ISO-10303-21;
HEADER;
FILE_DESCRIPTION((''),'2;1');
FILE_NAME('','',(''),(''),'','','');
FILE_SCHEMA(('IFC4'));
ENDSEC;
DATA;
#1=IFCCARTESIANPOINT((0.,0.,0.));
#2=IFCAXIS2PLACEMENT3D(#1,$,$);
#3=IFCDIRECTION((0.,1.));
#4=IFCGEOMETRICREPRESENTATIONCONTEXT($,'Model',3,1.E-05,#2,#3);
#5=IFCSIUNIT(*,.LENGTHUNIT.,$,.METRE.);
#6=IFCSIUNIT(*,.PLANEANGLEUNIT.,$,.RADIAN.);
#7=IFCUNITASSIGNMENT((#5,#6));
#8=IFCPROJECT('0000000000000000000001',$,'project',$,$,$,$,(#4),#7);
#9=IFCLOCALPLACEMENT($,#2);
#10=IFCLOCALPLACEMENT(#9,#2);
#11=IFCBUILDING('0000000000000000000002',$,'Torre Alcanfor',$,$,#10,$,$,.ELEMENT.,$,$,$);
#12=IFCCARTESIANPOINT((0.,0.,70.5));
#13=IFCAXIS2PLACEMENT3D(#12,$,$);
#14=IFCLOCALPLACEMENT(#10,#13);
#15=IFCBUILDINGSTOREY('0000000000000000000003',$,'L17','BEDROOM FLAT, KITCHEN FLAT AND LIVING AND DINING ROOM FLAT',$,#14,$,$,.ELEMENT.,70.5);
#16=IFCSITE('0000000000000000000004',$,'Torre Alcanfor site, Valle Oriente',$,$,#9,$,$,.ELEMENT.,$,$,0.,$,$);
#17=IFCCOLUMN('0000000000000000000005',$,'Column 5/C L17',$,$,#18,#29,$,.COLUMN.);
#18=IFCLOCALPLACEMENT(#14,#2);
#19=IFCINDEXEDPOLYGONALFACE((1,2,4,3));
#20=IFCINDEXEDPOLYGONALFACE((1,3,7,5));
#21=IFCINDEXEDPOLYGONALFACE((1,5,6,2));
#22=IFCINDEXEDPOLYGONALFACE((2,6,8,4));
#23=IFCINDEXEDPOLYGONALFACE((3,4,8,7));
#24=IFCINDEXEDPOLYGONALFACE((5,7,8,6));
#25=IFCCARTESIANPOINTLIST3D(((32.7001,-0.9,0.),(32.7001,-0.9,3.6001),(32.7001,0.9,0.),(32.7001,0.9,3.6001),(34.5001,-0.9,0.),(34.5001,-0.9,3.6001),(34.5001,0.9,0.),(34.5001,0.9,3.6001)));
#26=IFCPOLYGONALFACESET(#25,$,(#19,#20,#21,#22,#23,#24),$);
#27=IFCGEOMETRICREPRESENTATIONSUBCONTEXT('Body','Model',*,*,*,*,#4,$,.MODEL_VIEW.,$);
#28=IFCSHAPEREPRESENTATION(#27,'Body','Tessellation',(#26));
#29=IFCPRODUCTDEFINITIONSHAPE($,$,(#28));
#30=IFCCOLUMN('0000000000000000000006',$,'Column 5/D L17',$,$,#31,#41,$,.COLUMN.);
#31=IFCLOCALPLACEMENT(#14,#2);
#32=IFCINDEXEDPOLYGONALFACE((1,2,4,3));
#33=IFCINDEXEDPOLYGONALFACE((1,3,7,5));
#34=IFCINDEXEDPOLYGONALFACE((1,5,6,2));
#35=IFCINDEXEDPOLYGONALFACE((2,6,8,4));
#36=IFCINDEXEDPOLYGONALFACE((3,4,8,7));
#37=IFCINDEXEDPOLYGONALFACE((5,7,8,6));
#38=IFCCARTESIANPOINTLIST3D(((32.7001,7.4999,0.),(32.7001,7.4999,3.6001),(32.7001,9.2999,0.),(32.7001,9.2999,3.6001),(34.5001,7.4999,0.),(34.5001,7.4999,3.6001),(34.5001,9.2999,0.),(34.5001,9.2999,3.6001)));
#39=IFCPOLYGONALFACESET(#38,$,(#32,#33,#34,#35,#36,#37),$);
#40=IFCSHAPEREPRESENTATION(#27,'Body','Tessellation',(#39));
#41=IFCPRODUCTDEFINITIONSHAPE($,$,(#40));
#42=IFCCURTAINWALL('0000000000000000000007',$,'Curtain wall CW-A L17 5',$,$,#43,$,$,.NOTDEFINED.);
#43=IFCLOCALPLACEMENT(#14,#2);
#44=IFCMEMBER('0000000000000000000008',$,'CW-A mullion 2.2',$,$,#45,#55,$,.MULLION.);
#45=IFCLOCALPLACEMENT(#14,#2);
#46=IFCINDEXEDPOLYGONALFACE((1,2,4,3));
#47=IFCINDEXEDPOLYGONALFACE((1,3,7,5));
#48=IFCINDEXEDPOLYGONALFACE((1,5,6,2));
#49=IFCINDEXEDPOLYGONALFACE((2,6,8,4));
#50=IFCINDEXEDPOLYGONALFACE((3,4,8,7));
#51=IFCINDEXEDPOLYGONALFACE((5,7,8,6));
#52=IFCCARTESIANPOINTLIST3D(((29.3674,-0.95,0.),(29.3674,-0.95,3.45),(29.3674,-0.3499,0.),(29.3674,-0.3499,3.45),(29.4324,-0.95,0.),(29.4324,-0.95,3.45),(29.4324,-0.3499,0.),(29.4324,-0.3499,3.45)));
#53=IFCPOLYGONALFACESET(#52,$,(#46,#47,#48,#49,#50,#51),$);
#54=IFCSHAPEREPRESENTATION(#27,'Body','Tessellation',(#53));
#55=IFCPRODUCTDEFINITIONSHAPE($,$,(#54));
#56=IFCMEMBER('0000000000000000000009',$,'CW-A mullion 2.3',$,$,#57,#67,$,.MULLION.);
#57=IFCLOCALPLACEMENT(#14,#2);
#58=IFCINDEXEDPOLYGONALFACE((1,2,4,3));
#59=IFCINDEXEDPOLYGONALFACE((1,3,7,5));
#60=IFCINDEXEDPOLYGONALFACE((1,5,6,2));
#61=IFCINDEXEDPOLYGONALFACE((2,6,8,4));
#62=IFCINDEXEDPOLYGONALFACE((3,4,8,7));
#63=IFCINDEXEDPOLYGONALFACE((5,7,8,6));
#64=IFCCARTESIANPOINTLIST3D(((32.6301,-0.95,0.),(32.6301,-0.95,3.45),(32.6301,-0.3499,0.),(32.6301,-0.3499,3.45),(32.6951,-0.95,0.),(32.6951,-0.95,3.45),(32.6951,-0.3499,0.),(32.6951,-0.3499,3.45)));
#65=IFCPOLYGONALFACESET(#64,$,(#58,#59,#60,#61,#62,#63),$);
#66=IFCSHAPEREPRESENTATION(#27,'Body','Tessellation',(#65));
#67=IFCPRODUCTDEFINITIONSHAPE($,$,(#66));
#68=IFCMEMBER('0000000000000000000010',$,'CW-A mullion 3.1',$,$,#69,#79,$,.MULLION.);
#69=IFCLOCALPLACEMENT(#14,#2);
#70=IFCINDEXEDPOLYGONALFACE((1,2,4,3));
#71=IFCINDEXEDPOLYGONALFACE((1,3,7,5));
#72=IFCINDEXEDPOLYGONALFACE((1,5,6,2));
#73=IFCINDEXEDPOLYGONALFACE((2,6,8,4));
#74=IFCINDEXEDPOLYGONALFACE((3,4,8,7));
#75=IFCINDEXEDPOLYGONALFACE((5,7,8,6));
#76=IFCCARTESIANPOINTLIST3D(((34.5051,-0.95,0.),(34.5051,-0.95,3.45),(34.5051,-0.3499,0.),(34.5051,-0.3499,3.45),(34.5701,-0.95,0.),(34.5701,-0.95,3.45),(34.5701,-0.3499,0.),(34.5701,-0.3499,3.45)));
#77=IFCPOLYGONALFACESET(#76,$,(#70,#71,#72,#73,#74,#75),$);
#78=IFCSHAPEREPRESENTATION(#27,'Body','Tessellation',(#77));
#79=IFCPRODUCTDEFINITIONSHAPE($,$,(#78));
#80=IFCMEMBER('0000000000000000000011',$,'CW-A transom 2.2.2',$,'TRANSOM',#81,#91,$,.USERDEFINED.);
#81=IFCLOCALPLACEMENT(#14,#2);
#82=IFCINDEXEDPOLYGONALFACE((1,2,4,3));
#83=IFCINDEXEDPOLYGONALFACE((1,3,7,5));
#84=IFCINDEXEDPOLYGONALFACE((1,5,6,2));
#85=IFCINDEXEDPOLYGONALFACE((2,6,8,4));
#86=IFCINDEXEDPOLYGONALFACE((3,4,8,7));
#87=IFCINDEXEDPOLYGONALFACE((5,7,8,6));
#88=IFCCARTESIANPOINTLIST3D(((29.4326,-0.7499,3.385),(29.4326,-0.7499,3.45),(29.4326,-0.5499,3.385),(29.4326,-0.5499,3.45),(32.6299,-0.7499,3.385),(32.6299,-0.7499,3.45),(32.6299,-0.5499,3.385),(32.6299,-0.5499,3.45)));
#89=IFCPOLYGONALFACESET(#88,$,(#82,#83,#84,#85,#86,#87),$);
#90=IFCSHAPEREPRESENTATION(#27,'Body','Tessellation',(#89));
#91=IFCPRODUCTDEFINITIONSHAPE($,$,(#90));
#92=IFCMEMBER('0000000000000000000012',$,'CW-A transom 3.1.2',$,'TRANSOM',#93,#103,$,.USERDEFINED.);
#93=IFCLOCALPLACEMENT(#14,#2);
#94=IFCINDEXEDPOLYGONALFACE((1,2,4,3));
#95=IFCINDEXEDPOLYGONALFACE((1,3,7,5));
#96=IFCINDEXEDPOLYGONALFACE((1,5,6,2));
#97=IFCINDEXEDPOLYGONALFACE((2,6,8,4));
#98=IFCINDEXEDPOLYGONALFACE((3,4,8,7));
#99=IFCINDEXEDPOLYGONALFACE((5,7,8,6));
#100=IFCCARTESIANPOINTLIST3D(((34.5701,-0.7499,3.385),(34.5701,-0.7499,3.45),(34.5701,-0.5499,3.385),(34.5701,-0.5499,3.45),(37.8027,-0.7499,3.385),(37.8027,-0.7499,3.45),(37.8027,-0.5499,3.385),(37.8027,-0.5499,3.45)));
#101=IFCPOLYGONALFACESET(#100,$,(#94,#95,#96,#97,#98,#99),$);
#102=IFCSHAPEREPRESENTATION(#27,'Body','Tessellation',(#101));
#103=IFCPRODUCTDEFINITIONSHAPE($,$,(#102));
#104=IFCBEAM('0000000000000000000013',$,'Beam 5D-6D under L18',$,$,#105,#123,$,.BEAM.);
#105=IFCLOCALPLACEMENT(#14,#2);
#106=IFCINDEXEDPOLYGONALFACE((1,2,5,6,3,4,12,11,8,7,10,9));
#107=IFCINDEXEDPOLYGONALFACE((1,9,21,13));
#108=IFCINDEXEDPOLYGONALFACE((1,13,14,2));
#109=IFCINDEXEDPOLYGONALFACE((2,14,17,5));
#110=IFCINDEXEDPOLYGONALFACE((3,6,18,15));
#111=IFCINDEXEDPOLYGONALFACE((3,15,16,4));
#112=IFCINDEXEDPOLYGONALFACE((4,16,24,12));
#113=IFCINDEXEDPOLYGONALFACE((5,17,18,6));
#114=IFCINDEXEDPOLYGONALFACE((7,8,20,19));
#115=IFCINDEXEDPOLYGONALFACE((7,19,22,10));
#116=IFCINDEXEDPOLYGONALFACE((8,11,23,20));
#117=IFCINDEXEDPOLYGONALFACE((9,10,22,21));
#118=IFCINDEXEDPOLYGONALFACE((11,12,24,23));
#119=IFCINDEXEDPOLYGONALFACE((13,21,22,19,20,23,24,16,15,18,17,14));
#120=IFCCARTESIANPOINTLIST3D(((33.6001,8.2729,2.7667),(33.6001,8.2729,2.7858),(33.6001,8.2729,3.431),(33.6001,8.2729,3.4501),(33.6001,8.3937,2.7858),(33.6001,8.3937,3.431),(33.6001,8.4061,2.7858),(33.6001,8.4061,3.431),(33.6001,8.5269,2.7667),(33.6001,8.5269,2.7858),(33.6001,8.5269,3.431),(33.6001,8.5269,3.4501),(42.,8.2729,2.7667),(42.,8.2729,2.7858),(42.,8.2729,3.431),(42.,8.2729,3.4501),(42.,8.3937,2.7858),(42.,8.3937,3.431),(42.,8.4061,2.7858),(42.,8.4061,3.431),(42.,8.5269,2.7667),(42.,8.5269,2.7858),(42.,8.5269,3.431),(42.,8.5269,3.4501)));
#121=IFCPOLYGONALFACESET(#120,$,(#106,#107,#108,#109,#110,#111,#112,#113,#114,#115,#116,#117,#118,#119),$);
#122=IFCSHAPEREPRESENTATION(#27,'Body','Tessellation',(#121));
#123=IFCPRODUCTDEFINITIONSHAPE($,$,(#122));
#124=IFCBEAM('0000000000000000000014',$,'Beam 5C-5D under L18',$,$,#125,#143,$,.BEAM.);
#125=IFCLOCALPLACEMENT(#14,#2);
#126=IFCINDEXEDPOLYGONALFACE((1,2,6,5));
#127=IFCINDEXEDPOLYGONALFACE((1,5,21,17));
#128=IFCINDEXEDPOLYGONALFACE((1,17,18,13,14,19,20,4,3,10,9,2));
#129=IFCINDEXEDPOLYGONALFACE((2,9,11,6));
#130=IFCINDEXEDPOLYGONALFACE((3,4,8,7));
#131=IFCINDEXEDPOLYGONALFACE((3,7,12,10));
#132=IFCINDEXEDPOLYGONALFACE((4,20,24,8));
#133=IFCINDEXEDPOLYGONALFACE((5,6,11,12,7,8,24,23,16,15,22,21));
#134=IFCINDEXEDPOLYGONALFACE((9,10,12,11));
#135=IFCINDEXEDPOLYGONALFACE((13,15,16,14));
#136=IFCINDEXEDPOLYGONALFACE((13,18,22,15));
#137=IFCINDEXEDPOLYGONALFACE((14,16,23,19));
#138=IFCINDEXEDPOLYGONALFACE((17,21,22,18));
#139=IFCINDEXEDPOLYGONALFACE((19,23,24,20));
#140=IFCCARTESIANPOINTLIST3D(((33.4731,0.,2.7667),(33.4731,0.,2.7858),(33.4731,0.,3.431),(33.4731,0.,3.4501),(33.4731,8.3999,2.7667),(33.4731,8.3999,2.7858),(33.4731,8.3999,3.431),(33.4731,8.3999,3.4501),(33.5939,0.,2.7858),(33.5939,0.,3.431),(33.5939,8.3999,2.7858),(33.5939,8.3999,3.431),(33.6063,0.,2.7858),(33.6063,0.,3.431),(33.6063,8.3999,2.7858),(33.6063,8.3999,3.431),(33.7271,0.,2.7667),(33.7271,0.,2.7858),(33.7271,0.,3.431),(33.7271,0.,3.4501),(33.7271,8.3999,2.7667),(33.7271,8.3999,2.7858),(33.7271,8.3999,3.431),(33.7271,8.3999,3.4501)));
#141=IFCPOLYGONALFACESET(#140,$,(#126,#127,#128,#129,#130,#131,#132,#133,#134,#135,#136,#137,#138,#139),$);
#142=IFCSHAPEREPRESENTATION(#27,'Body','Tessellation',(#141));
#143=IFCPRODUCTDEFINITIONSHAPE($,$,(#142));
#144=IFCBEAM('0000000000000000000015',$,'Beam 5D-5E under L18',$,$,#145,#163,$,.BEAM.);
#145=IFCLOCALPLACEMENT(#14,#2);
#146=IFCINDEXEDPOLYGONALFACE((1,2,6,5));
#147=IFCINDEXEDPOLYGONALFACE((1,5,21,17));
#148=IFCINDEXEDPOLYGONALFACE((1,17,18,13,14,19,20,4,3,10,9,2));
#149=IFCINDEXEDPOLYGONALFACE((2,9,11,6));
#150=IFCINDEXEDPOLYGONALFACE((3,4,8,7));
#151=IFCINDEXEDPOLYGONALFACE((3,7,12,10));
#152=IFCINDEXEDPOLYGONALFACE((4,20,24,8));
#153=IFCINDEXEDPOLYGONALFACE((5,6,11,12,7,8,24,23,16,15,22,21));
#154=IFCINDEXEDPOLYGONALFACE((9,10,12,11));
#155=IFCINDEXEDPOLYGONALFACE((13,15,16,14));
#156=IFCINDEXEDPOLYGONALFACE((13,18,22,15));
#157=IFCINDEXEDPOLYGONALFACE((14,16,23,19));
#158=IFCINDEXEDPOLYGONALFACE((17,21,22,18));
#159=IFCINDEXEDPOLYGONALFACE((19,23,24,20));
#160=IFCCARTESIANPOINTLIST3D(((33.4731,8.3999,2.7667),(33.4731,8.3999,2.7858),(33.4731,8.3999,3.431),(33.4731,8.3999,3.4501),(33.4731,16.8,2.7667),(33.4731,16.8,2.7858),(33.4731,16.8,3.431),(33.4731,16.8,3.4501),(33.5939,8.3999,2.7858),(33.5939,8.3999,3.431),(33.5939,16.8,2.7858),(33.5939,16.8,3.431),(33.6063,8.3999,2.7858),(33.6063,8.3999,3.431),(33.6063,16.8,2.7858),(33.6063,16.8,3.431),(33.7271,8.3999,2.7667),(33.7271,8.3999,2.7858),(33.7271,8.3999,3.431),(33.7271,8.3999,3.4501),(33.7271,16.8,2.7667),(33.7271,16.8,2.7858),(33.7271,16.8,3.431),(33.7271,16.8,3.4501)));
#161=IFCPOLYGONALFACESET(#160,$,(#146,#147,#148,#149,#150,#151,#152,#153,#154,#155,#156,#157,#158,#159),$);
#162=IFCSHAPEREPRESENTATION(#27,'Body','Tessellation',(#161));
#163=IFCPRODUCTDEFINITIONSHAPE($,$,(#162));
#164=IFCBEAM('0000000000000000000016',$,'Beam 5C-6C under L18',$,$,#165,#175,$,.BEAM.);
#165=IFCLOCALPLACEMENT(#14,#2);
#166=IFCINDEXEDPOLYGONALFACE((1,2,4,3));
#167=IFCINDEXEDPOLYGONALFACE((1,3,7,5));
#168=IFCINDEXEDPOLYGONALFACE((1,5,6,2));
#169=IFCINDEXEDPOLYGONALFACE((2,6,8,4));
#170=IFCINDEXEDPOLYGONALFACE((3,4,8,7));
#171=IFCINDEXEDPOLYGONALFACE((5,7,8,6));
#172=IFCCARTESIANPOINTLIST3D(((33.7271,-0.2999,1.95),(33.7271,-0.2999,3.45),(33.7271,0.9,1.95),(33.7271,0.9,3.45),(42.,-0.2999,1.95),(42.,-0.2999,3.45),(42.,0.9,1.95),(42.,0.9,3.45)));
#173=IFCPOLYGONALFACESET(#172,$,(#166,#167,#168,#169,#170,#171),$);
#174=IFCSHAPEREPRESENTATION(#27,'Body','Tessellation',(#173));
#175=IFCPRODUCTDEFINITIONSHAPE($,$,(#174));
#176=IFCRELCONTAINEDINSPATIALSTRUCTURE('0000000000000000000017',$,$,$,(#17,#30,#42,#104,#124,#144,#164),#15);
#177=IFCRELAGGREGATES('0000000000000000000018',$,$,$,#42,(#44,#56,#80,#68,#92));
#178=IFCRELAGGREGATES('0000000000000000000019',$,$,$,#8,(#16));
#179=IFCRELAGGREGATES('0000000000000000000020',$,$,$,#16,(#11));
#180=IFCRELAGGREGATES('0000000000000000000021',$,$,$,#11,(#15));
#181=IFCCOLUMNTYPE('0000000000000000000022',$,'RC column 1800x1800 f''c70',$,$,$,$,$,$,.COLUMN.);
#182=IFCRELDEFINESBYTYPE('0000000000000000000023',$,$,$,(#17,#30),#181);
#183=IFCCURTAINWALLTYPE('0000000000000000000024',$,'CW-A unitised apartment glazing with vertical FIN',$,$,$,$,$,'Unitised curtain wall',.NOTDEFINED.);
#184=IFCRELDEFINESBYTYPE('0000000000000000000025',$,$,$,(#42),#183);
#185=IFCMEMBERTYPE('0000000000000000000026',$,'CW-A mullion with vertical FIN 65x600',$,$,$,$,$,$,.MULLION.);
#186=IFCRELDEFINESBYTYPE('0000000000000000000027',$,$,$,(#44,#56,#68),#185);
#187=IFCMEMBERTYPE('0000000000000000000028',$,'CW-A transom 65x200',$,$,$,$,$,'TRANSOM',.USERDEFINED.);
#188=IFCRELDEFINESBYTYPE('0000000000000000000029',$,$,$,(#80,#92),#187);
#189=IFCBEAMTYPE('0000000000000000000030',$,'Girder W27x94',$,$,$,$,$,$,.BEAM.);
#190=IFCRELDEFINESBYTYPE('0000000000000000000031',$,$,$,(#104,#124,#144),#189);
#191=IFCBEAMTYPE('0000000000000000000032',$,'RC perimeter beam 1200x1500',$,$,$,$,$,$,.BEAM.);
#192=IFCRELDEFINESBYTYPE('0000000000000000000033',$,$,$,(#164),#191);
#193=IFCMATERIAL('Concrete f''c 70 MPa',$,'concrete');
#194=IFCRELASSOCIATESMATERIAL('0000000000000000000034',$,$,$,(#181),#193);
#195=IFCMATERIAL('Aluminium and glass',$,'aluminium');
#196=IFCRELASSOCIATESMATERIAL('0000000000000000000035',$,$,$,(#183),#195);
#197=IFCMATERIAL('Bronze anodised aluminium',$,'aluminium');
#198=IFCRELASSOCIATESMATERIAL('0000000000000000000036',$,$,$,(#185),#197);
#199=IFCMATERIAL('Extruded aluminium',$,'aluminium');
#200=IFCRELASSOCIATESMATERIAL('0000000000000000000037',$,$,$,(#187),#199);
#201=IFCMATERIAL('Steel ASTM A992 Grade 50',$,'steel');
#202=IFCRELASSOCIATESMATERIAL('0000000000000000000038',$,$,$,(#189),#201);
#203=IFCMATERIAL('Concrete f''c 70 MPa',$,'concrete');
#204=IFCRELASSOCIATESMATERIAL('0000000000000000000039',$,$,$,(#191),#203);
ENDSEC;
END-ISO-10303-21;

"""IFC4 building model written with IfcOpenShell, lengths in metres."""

from ifc_helpers import new_model, si_unit, direction, frame, origin, origin_2d, place, context, subcontext, project, spatial, rectangle, i_section, extrude, material, material_profile, profile_set, type_object, element, aggregate, save


model = new_model("IFC4")

# Units and contexts
model_context = context("Model", 3, precision=1e-05, world=origin(), true_north=direction((0.0, 1.0)))
body_context = subcontext(model_context, "Body", "Model", "MODEL_VIEW")
ifc_project = project(units=[si_unit("LENGTHUNIT", "METRE"), si_unit("PLANEANGLEUNIT", "RADIAN")], contexts=[model_context])

# Site, building, storey
site_placement = place(None, origin())
site = spatial("IfcSite", under=ifc_project, at=site_placement, Name="Torre Alcanfor site, Valle Oriente", CompositionType="ELEMENT", RefElevation=0.0)
building_placement = place(site_placement, origin())
building = spatial("IfcBuilding", under=site, at=building_placement, Name="Torre Alcanfor", CompositionType="ELEMENT")
storey_placement = place(building_placement, frame((0.0, 0.0, 70.5)))
storey = spatial("IfcBuildingStorey", under=building, at=storey_placement, Name="L17", Description="BEDROOM FLAT, KITCHEN FLAT AND LIVING AND DINING ROOM FLAT", CompositionType="ELEMENT", Elevation=70.5)

# Columns
ifc_material_1 = material(Name="Concrete f'c 70 MPa", Category="concrete")
ifc_material_profile_1 = material_profile(ifc_material_1, rectangle(XDim=1.8, YDim=1.8, at=origin_2d()), Name="1800x1800")
ifc_profile_set_1 = profile_set([ifc_material_profile_1], Name="Concrete f'c 70 MPa")
column_type = type_object("IfcColumnType", Name="RC column 1800x1800 f'c70", PredefinedType="COLUMN", material=ifc_profile_set_1)
for number, where, z_axis, x_axis, name in (
    (1, (33.6001, 0.0, 0.0), (0.0, 0.0, 1.0), (1.0, 0.0, 0.0), "Column 5/C L17"),
    (2, (33.6001, 8.3999, 0.0), (0.0, 0.0, 1.0), (1.0, 0.0, 0.0), "Column 5/D L17"),
):
    element("IfcColumn", number, at=place(storey_placement, frame(where, z_axis=z_axis, x_axis=x_axis)), inside=storey, type_object=column_type, Name=name, PredefinedType="COLUMN", context=body_context, shape_type="SweptSolid", body=[
        extrude(rectangle(XDim=1.8, YDim=1.8, at=origin_2d()), origin(), (0.0, 0.0, 1.0), 3.6001),
    ])

# Curtain wall, members
ifc_material_2 = material(Name="Aluminium and glass", Category="aluminium")
curtain_wall_type = type_object("IfcCurtainWallType", Name="CW-A unitised apartment glazing with vertical FIN", ElementType="Unitised curtain wall", PredefinedType="NOTDEFINED", material=ifc_material_2)
curtain_wall_placement = place(storey_placement, origin())
curtain_wall = element("IfcCurtainWall", 3, at=curtain_wall_placement, inside=storey, type_object=curtain_wall_type, Name="Curtain wall CW-A L17 5", PredefinedType="NOTDEFINED")
ifc_material_3 = material(Name="Bronze anodised aluminium", Category="aluminium")
ifc_material_profile_2 = material_profile(ifc_material_3, rectangle(XDim=0.6001, YDim=0.0649, at=origin_2d()), Name="CW-A mullion 65x600")
ifc_profile_set_2 = profile_set([ifc_material_profile_2], Name="Bronze anodised aluminium")
member_type_1 = type_object("IfcMemberType", Name="CW-A mullion with vertical FIN 65x600", PredefinedType="MULLION", material=ifc_profile_set_2)
member_1_placement = place(storey_placement, frame((29.3999, -0.6499, 0.0), z_axis=(0.0, 0.0, 1.0), x_axis=(0.0, 1.0, 0.0)))
member_1 = element("IfcMember", 4, at=member_1_placement, type_object=member_type_1, Name="CW-A mullion 2.2", PredefinedType="MULLION", context=body_context, shape_type="SweptSolid", body=[
    extrude(rectangle(XDim=0.6001, YDim=0.0649, at=origin_2d()), origin(), (0.0, 0.0, 1.0), 3.45),
])
member_2_placement = place(storey_placement, frame((32.6626, -0.6499, 0.0), z_axis=(0.0, 0.0, 1.0), x_axis=(0.0, 1.0, 0.0)))
member_2 = element("IfcMember", 5, at=member_2_placement, type_object=member_type_1, Name="CW-A mullion 2.3", PredefinedType="MULLION", context=body_context, shape_type="SweptSolid", body=[
    extrude(rectangle(XDim=0.6001, YDim=0.0649, at=origin_2d()), origin(), (0.0, 0.0, 1.0), 3.45),
])
member_3_placement = place(storey_placement, frame((34.5376, -0.6499, 0.0), z_axis=(0.0, 0.0, 1.0), x_axis=(0.0, 1.0, 0.0)))
member_3 = element("IfcMember", 6, at=member_3_placement, type_object=member_type_1, Name="CW-A mullion 3.1", PredefinedType="MULLION", context=body_context, shape_type="SweptSolid", body=[
    extrude(rectangle(XDim=0.6001, YDim=0.0649, at=origin_2d()), origin(), (0.0, 0.0, 1.0), 3.45),
])
ifc_material_4 = material(Name="Extruded aluminium", Category="aluminium")
ifc_material_profile_3 = material_profile(ifc_material_4, rectangle(XDim=0.2, YDim=0.0649, at=origin_2d()), Name="CW-A transom 200x65")
ifc_profile_set_3 = profile_set([ifc_material_profile_3], Name="Extruded aluminium")
member_type_2 = type_object("IfcMemberType", Name="CW-A transom 65x200", ElementType="TRANSOM", PredefinedType="USERDEFINED", material=ifc_profile_set_3)
member_4_placement = place(storey_placement, frame((29.4326, -0.6499, 3.4175), z_axis=(1.0, 0.0, 0.0), x_axis=(0.0, 1.0, 0.0)))
member_4 = element("IfcMember", 7, at=member_4_placement, type_object=member_type_2, Name="CW-A transom 2.2.2", ObjectType="TRANSOM", PredefinedType="USERDEFINED", context=body_context, shape_type="SweptSolid", body=[
    extrude(rectangle(XDim=0.2, YDim=0.0649, at=origin_2d()), origin(), (0.0, 0.0, 1.0), 3.1973),
])
member_5_placement = place(storey_placement, frame((34.5701, -0.6499, 3.4175), z_axis=(1.0, 0.0, 0.0), x_axis=(0.0, 1.0, 0.0)))
member_5 = element("IfcMember", 8, at=member_5_placement, type_object=member_type_2, Name="CW-A transom 3.1.2", ObjectType="TRANSOM", PredefinedType="USERDEFINED", context=body_context, shape_type="SweptSolid", body=[
    extrude(rectangle(XDim=0.2, YDim=0.0649, at=origin_2d()), origin(), (0.0, 0.0, 1.0), 3.2327),
])

# Beams
ifc_material_5 = material(Name="Steel ASTM A992 Grade 50", Category="steel")
ifc_material_profile_4 = material_profile(ifc_material_5, i_section(OverallWidth=0.2539, OverallDepth=0.6833, WebThickness=0.0125, FlangeThickness=0.019, at=origin_2d()), Name="W27x94")
ifc_profile_set_4 = profile_set([ifc_material_profile_4], Name="Steel ASTM A992 Grade 50")
beam_type_1 = type_object("IfcBeamType", Name="Girder W27x94", PredefinedType="BEAM", material=ifc_profile_set_4)
for number, where, z_axis, x_axis, name in (
    (9, (33.6001, 8.3999, 3.1084), (1.0, 0.0, 0.0), (0.0, 1.0, 0.0), "Beam 5D-6D under L18"),
    (10, (33.6001, 0.0, 3.1084), (0.0, 1.0, 0.0), (-1.0, 0.0, 0.0), "Beam 5C-5D under L18"),
):
    element("IfcBeam", number, at=place(storey_placement, frame(where, z_axis=z_axis, x_axis=x_axis)), inside=storey, type_object=beam_type_1, Name=name, PredefinedType="BEAM", context=body_context, shape_type="SweptSolid", body=[
        extrude(i_section(OverallWidth=0.2539, OverallDepth=0.6833, WebThickness=0.0125, FlangeThickness=0.019, at=origin_2d()), origin(), (0.0, 0.0, 1.0), 8.3999),
    ])
beam_1_placement = place(storey_placement, frame((33.6001, 8.3999, 3.1084), z_axis=(0.0, 1.0, 0.0), x_axis=(-1.0, 0.0, 0.0)))
element("IfcBeam", 11, at=beam_1_placement, inside=storey, type_object=beam_type_1, Name="Beam 5D-5E under L18", PredefinedType="BEAM", context=body_context, shape_type="SweptSolid", body=[
    extrude(i_section(OverallWidth=0.2539, OverallDepth=0.6833, WebThickness=0.0125, FlangeThickness=0.019, at=origin_2d()), origin(), (0.0, 0.0, 1.0), 8.4001),
])
ifc_material_6 = material(Name="Concrete f'c 70 MPa", Category="concrete")
ifc_material_profile_5 = material_profile(ifc_material_6, rectangle(XDim=1.2, YDim=1.5, at=origin_2d()), Name="1200x1500")
ifc_profile_set_5 = profile_set([ifc_material_profile_5], Name="Concrete f'c 70 MPa")
beam_type_2 = type_object("IfcBeamType", Name="RC perimeter beam 1200x1500", PredefinedType="BEAM", material=ifc_profile_set_5)
beam_2_placement = place(storey_placement, frame((33.7271, 0.3, 2.7), z_axis=(1.0, 0.0, 0.0), x_axis=(0.0, 1.0, 0.0)))
element("IfcBeam", 12, at=beam_2_placement, inside=storey, type_object=beam_type_2, Name="Beam 5C-6C under L18", PredefinedType="BEAM", context=body_context, shape_type="SweptSolid", body=[
    extrude(rectangle(XDim=1.2, YDim=1.5, at=origin_2d()), origin(), (0.0, 0.0, 1.0), 8.2729),
])

aggregate(curtain_wall, [member_1, member_2, member_4, member_3, member_5])

save(model, "model.ifc")
